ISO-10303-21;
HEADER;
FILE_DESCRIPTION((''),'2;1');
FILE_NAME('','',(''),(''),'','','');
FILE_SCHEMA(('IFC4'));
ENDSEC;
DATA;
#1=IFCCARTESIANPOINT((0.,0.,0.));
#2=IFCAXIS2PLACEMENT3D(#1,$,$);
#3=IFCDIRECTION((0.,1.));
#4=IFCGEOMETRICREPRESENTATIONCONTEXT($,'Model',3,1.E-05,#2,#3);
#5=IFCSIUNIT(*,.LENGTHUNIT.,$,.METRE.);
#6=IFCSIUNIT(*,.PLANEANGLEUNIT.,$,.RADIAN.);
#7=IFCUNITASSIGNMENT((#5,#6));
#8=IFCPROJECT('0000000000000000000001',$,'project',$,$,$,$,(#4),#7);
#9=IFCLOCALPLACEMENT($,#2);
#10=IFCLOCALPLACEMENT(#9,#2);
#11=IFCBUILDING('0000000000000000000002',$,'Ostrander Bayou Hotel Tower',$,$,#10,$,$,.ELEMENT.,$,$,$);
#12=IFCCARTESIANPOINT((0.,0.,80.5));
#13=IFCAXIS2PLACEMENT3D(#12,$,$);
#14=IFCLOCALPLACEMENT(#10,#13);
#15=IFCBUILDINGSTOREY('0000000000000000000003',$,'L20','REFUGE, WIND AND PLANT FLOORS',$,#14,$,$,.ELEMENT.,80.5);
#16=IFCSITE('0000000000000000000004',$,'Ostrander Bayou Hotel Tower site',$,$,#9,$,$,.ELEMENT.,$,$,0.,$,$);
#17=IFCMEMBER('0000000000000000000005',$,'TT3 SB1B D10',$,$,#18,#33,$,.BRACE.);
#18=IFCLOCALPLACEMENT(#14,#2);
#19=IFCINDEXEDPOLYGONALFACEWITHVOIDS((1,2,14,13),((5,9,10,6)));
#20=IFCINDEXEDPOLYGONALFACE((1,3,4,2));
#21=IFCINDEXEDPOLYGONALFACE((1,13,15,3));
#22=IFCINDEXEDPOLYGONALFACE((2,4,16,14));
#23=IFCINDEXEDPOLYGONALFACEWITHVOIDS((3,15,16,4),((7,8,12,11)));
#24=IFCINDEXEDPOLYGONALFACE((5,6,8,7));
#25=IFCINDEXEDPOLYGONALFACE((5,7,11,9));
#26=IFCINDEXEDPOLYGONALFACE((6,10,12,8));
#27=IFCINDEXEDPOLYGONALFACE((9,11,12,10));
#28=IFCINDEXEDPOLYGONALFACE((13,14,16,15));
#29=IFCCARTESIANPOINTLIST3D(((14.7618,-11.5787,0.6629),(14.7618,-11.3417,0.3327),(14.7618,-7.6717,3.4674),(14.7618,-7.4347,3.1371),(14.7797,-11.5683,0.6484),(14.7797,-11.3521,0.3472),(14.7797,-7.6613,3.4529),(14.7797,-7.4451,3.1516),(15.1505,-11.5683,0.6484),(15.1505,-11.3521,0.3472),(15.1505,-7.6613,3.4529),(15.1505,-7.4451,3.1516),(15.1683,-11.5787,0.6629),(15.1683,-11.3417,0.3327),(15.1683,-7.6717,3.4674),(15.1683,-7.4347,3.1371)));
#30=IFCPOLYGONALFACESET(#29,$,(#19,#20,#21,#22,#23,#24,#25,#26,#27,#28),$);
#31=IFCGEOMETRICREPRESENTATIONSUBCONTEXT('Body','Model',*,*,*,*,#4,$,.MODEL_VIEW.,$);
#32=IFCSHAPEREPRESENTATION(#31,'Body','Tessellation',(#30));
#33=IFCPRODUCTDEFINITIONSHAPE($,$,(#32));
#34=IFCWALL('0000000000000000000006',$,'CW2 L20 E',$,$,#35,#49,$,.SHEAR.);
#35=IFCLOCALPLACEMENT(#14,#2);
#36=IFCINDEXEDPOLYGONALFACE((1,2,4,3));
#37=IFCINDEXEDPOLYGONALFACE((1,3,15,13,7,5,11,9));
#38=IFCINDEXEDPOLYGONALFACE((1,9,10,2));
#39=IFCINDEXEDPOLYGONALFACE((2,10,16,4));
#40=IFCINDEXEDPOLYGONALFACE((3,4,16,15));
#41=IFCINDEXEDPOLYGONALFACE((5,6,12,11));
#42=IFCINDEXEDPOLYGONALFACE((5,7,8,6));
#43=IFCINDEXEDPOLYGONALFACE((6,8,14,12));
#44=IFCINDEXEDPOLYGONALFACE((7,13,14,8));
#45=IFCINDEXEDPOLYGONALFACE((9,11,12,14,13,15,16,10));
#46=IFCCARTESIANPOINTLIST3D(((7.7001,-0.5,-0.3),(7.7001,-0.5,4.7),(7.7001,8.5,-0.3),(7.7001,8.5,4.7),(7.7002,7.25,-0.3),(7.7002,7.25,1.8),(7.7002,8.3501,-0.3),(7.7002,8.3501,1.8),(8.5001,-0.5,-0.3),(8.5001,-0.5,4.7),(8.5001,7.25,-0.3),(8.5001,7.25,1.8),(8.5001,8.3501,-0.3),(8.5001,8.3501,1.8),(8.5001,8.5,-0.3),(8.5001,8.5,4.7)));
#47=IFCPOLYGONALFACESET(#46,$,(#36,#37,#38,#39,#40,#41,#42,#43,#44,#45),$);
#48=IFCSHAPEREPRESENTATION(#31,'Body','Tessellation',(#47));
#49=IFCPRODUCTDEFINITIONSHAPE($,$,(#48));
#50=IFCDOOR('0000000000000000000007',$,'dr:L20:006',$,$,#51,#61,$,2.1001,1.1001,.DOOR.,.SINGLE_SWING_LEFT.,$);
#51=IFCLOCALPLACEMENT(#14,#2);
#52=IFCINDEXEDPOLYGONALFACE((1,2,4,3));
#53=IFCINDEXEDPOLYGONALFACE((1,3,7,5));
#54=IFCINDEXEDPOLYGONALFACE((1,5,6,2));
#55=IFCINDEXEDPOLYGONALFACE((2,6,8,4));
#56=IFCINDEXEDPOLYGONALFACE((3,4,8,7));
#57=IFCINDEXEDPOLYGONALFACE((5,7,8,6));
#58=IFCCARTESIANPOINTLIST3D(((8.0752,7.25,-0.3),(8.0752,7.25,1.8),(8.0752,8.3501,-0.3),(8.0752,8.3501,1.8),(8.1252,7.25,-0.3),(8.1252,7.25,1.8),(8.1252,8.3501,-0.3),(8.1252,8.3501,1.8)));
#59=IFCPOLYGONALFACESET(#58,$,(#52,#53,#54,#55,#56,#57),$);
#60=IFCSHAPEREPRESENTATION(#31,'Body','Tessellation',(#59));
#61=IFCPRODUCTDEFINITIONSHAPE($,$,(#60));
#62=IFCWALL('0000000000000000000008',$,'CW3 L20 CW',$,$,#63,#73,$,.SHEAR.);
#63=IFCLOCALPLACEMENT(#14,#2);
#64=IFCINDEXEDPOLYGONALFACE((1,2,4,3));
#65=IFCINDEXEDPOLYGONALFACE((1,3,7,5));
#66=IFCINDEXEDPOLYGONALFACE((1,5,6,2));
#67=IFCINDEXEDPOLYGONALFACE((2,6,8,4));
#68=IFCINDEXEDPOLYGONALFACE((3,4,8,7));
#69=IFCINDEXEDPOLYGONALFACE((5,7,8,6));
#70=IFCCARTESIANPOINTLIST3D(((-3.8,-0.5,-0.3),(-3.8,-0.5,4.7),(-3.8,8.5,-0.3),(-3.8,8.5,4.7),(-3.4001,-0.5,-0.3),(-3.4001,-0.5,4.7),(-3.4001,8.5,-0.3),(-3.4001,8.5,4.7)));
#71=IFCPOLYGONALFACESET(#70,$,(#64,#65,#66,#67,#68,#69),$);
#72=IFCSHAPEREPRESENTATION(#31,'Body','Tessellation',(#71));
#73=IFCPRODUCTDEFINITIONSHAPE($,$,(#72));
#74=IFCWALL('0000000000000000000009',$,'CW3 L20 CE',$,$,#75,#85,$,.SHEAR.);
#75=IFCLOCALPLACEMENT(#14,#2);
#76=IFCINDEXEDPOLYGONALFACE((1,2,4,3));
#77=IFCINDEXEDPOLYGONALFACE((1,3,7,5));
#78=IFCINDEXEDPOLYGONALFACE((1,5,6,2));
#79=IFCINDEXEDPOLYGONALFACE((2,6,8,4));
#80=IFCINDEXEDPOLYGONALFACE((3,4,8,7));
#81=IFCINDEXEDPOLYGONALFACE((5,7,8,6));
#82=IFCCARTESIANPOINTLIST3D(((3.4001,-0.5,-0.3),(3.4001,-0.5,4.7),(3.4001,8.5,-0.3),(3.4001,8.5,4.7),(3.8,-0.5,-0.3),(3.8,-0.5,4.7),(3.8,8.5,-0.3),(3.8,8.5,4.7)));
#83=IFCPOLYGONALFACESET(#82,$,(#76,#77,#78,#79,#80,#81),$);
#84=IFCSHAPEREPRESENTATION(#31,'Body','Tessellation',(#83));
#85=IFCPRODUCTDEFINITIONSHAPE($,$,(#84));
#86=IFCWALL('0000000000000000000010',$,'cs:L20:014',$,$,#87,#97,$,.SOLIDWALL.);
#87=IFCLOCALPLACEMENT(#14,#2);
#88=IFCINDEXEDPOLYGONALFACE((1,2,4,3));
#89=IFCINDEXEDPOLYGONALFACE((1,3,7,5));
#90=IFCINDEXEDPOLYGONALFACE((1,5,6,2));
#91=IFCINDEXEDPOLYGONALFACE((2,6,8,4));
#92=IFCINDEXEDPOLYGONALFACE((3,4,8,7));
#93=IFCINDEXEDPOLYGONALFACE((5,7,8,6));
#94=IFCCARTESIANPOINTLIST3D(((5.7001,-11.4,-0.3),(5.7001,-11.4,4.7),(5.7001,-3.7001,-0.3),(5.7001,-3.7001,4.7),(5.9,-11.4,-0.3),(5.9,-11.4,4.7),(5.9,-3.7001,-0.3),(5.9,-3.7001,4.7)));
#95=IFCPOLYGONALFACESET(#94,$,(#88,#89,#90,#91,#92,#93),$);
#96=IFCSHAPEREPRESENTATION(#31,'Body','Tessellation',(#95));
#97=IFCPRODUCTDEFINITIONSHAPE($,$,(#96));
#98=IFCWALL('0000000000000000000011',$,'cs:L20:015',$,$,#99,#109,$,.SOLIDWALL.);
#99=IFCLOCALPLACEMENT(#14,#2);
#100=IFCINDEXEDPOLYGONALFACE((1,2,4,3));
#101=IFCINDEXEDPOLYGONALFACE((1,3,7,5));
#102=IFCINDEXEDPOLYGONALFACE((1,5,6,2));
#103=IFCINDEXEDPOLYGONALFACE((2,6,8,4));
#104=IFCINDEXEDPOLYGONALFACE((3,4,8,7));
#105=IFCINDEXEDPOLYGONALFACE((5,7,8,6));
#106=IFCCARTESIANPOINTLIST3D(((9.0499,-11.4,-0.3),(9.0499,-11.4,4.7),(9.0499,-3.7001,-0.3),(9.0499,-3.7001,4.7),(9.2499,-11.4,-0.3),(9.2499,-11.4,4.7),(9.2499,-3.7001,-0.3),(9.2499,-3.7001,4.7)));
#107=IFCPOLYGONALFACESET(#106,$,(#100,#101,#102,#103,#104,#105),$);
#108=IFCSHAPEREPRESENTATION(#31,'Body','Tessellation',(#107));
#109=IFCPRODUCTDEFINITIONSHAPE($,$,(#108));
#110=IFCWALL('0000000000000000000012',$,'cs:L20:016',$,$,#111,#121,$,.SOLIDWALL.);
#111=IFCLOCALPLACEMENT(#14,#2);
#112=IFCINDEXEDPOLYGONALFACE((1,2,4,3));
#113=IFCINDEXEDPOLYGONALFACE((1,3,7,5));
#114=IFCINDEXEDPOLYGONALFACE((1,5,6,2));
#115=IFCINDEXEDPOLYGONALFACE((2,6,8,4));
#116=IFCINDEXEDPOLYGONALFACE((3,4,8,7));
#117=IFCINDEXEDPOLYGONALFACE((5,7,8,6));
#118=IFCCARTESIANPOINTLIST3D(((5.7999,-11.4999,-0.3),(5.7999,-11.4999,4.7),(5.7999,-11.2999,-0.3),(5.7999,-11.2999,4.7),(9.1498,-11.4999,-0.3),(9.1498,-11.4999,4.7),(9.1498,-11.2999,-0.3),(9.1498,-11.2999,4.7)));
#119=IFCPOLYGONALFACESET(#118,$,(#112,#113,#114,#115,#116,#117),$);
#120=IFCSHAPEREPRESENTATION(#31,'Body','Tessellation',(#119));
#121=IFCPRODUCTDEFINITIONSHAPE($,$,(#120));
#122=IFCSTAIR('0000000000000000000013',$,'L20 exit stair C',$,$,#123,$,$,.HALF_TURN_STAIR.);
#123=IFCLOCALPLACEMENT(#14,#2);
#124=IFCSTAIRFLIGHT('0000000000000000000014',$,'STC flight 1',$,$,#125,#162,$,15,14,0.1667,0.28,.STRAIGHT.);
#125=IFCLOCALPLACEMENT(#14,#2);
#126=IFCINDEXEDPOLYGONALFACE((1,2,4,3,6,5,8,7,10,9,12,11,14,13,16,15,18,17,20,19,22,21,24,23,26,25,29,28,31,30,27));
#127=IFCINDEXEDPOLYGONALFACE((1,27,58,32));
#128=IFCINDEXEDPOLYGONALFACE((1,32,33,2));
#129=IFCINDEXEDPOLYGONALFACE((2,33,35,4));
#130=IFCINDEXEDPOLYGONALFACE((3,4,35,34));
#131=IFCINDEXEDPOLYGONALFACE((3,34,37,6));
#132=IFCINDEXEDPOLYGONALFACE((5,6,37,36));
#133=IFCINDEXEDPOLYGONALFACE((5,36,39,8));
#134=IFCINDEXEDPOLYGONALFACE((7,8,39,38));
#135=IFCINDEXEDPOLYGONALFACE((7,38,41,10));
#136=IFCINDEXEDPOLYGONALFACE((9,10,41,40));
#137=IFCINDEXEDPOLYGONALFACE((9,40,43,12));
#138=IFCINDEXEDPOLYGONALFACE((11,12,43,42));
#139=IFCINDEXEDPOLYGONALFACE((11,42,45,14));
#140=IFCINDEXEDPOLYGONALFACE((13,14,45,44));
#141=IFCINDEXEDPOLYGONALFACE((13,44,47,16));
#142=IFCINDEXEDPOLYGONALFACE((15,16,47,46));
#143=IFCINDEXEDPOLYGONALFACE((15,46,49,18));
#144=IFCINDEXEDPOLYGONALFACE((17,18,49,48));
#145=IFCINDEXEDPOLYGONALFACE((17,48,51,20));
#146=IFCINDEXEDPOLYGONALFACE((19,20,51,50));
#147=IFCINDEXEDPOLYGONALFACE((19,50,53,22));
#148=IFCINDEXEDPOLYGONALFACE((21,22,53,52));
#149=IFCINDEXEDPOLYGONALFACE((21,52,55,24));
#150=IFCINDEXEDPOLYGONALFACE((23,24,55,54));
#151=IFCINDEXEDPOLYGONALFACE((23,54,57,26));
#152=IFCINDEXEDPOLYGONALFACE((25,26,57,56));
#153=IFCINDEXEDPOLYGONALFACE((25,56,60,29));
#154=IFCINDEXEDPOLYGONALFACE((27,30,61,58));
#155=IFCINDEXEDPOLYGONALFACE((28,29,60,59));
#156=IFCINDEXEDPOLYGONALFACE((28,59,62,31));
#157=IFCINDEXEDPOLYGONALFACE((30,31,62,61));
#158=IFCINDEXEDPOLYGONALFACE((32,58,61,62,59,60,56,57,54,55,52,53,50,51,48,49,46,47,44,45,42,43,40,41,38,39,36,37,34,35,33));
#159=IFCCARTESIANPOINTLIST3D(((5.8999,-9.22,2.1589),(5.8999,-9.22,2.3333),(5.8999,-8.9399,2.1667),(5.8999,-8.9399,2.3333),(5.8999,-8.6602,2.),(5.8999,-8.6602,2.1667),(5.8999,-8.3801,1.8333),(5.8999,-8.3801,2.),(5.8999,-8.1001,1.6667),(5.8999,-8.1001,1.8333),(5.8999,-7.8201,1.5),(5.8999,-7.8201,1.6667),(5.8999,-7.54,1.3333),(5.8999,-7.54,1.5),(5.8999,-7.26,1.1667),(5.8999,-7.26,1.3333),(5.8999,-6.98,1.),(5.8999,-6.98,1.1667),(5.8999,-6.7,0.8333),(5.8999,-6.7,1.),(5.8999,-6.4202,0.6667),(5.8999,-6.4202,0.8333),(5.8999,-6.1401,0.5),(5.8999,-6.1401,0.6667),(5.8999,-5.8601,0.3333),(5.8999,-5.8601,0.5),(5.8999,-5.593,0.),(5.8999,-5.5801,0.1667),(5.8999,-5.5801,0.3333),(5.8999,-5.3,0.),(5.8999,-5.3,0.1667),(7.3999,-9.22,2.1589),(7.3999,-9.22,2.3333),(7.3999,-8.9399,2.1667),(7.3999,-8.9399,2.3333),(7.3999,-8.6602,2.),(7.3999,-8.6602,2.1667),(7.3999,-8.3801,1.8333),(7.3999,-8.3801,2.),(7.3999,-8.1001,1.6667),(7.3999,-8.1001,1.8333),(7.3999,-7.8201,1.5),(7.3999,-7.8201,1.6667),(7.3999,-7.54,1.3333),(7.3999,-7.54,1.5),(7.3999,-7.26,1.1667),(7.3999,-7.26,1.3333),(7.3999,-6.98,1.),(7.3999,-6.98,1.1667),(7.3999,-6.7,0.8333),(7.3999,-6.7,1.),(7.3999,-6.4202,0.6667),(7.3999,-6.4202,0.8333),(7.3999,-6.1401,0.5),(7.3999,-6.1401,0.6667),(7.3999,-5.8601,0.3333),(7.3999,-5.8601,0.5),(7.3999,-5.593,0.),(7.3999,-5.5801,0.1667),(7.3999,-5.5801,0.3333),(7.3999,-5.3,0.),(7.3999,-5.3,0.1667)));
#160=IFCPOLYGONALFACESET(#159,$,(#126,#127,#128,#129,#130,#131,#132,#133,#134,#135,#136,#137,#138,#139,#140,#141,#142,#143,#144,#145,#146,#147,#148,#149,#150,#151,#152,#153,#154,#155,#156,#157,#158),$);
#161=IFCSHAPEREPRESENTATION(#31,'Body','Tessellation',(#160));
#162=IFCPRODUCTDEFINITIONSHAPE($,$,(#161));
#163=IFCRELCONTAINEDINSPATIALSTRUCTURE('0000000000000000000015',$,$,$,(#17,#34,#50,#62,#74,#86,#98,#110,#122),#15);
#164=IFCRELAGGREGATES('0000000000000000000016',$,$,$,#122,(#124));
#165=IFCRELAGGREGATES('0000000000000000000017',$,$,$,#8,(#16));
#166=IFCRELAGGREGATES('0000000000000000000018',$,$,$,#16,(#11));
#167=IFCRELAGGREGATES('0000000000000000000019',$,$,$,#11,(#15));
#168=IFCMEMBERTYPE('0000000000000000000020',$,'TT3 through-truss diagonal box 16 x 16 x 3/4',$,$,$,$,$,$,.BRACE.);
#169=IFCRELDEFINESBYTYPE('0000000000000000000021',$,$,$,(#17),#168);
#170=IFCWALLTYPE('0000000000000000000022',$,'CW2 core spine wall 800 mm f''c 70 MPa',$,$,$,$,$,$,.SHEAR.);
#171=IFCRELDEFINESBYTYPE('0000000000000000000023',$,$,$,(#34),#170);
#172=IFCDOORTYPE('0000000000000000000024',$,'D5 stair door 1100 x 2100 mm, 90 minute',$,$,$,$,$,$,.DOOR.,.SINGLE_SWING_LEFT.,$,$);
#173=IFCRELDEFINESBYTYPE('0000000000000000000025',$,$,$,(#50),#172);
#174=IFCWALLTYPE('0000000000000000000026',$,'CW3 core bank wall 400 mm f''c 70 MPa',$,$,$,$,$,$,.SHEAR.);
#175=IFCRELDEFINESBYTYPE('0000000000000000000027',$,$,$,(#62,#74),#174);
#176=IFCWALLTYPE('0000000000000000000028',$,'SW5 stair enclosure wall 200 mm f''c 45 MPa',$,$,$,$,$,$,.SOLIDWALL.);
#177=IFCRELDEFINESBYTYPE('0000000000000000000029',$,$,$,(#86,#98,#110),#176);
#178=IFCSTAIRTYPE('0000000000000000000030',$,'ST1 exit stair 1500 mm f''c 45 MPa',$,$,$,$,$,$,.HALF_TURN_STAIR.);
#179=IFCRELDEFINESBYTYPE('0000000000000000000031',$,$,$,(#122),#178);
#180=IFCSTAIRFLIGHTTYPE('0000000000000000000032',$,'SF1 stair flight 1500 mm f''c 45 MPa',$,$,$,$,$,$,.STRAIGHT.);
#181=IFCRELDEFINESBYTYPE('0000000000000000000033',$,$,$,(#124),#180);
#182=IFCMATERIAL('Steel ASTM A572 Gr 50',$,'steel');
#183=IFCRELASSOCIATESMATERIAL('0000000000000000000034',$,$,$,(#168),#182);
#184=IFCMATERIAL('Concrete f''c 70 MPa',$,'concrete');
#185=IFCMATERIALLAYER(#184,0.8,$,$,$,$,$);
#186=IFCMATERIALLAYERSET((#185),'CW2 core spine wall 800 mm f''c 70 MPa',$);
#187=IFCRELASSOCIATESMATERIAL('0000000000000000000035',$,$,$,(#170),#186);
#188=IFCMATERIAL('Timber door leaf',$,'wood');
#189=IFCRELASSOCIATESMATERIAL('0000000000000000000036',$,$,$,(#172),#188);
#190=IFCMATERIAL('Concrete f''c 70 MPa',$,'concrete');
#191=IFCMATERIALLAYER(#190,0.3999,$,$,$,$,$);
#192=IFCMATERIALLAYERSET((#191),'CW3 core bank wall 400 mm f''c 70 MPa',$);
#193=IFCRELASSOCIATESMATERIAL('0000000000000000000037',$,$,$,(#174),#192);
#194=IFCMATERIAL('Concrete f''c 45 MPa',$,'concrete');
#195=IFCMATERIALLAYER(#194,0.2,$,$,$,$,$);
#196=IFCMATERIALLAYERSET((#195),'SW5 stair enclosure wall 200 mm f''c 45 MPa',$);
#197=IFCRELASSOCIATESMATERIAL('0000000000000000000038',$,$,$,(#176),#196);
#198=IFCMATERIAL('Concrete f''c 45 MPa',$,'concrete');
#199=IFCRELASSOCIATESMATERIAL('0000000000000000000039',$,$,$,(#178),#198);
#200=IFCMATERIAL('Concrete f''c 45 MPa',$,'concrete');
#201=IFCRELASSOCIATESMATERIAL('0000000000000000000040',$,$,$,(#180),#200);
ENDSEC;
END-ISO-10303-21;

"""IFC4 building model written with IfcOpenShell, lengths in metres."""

from ifc_helpers import new_model, si_unit, direction, frame, frame_2d, origin, origin_2d, place, context, subcontext, project, spatial, polyline, rectangle, hollow_rectangle, outline, extrude, material, layer, layer_set, material_profile, profile_set, type_object, element, fill, aggregate, save


model = new_model("IFC4")

# Units and contexts
model_context = context("Model", 3, precision=1e-05, world=origin(), true_north=direction((0.0, 1.0)))
body_context = subcontext(model_context, "Body", "Model", "MODEL_VIEW")
ifc_project = project(units=[si_unit("LENGTHUNIT", "METRE"), si_unit("PLANEANGLEUNIT", "RADIAN")], contexts=[model_context])

# Site, building, storey
site_placement = place(None, origin())
site = spatial("IfcSite", under=ifc_project, at=site_placement, Name="Ostrander Bayou Hotel Tower site", CompositionType="ELEMENT", RefElevation=0.0)
building_placement = place(site_placement, origin())
building = spatial("IfcBuilding", under=site, at=building_placement, Name="Ostrander Bayou Hotel Tower", CompositionType="ELEMENT")
storey_placement = place(building_placement, frame((0.0, 0.0, 80.5)))
storey = spatial("IfcBuildingStorey", under=building, at=storey_placement, Name="L20", Description="REFUGE, WIND AND PLANT FLOORS", CompositionType="ELEMENT", Elevation=80.5)

# Member
ifc_material_1 = material(Name="Steel ASTM A572 Gr 50", Category="steel")
ifc_material_profile_1 = material_profile(ifc_material_1, hollow_rectangle(XDim=0.4065, YDim=0.4065, WallThickness=0.0178, at=origin_2d()))
ifc_profile_set_1 = profile_set([ifc_material_profile_1], Name="Steel ASTM A572 Gr 50")
member_type_1 = type_object("IfcMemberType", Name="TT3 through-truss diagonal box 16 x 16 x 3/4", PredefinedType="BRACE", material=ifc_profile_set_1)
member_1_placement = place(storey_placement, frame((14.9651, -11.4602, 0.4978), z_axis=(0.0, 0.81238, 0.583129), x_axis=(-1.0, 0.0, 0.0)))
element("IfcMember", 1, at=member_1_placement, inside=storey, type_object=member_type_1, Name="TT3 SB1B D10", PredefinedType="BRACE", context=body_context, shape_type="SweptSolid", body=[
    extrude(hollow_rectangle(XDim=0.4065, YDim=0.4065, WallThickness=0.0178, at=origin_2d()), origin(), (0.0, 0.0, 1.0), 4.8093),
])

# Wall, opening, door
ifc_material_2 = material(Name="Concrete f'c 70 MPa", Category="concrete")
ifc_layer_1 = layer(ifc_material_2, 0.8)
ifc_layer_set_1 = layer_set([ifc_layer_1], Name="CW2 core spine wall 800 mm f'c 70 MPa")
wall_type_1 = type_object("IfcWallType", Name="CW2 core spine wall 800 mm f'c 70 MPa", PredefinedType="SHEAR", material=ifc_layer_set_1)
wall_1_placement = place(storey_placement, frame((8.1001, -0.5, -0.3), z_axis=(0.0, 0.0, 1.0), x_axis=(0.0, 1.0, 0.0)))
wall_1 = element("IfcWall", 2, at=wall_1_placement, inside=storey, type_object=wall_type_1, Name="CW2 L20 E", PredefinedType="SHEAR", context=body_context, shape_type="SweptSolid", body=[
    extrude(rectangle(XDim=9.0, YDim=0.8, at=frame_2d((4.5, 0.0))), origin(), (0.0, 0.0, 1.0), 5.0),
])
opening_1_placement = place(wall_1_placement, frame((7.75, 0.0, 0.0)))
opening_1 = element("IfcOpeningElement", 3, at=opening_1_placement, cuts=wall_1, PredefinedType="OPENING", context=body_context, shape_type="SweptSolid", body=[
    extrude(rectangle(XDim=1.1001, YDim=2.1001, at=frame_2d((0.55, 1.05))), frame((0.0, 0.3999, 0.0), z_axis=(0.0, -1.0, 0.0), x_axis=(1.0, 0.0, 0.0)), (0.0, 0.0, 1.0), 0.8),
])
ifc_material_3 = material(Name="Timber door leaf", Category="wood")
door_type_1 = type_object("IfcDoorType", Name="D5 stair door 1100 x 2100 mm, 90 minute", OperationType="SINGLE_SWING_LEFT", PredefinedType="DOOR", material=ifc_material_3)
door_1_placement = place(opening_1_placement, origin())
door_1 = element("IfcDoor", 4, at=door_1_placement, inside=storey, type_object=door_type_1, Name="dr:L20:006", OperationType="SINGLE_SWING_LEFT", OverallHeight=2.1001, OverallWidth=1.1001, PredefinedType="DOOR", context=body_context, shape_type="SweptSolid", body=[
    extrude(rectangle(XDim=1.1001, YDim=2.1001, at=frame_2d((0.55, 1.05))), frame((0.0, 0.0249, 0.0), z_axis=(0.0, -1.0, 0.0), x_axis=(1.0, 0.0, 0.0)), (0.0, 0.0, 1.0), 0.05),
])
fill(opening_1, door_1)

# Walls
ifc_material_4 = material(Name="Concrete f'c 70 MPa", Category="concrete")
ifc_layer_2 = layer(ifc_material_4, 0.3999)
ifc_layer_set_2 = layer_set([ifc_layer_2], Name="CW3 core bank wall 400 mm f'c 70 MPa")
wall_type_2 = type_object("IfcWallType", Name="CW3 core bank wall 400 mm f'c 70 MPa", PredefinedType="SHEAR", material=ifc_layer_set_2)
for number, where, z_axis, x_axis, name in (
    (5, (-3.6001, -0.5, -0.3), (0.0, 0.0, 1.0), (0.0, 1.0, 0.0), "CW3 L20 CW"),
    (6, (3.6001, -0.5, -0.3), (0.0, 0.0, 1.0), (0.0, 1.0, 0.0), "CW3 L20 CE"),
):
    element("IfcWall", number, at=place(storey_placement, frame(where, z_axis=z_axis, x_axis=x_axis)), inside=storey, type_object=wall_type_2, Name=name, PredefinedType="SHEAR", context=body_context, shape_type="SweptSolid", body=[
        extrude(rectangle(XDim=9.0, YDim=0.3999, at=frame_2d((4.5, 0.0))), origin(), (0.0, 0.0, 1.0), 5.0),
    ])

# Shared definitions
ifc_material_5 = material(Name="Concrete f'c 45 MPa", Category="concrete")
ifc_layer_3 = layer(ifc_material_5, 0.2)
ifc_layer_set_3 = layer_set([ifc_layer_3], Name="SW5 stair enclosure wall 200 mm f'c 45 MPa")
wall_type_3 = type_object("IfcWallType", Name="SW5 stair enclosure wall 200 mm f'c 45 MPa", PredefinedType="SOLIDWALL", material=ifc_layer_set_3)

# Walls
for number, where, z_axis, x_axis, name in (
    (7, (5.8, -3.7, -0.3), (0.0, 0.0, 1.0), (0.0, -1.0, 0.0), "cs:L20:014"),
    (8, (9.1499, -3.7, -0.3), (0.0, 0.0, 1.0), (0.0, -1.0, 0.0), "cs:L20:015"),
):
    element("IfcWall", number, at=place(storey_placement, frame(where, z_axis=z_axis, x_axis=x_axis)), inside=storey, type_object=wall_type_3, Name=name, PredefinedType="SOLIDWALL", context=body_context, shape_type="SweptSolid", body=[
        extrude(rectangle(XDim=7.7, YDim=0.2, at=frame_2d((3.8501, 0.0))), origin(), (0.0, 0.0, 1.0), 5.0),
    ])
wall_2_placement = place(storey_placement, frame((5.8, -11.3999, -0.3), z_axis=(0.0, 0.0, 1.0), x_axis=(1.0, 0.0, 0.0)))
element("IfcWall", 9, at=wall_2_placement, inside=storey, type_object=wall_type_3, Name="cs:L20:016", PredefinedType="SOLIDWALL", context=body_context, shape_type="SweptSolid", body=[
    extrude(rectangle(XDim=3.3499, YDim=0.2, at=frame_2d((1.6748, 0.0))), origin(), (0.0, 0.0, 1.0), 5.0),
])

# Stair, stair flight
ifc_material_6 = material(Name="Concrete f'c 45 MPa", Category="concrete")
stair_type = type_object("IfcStairType", Name="ST1 exit stair 1500 mm f'c 45 MPa", PredefinedType="HALF_TURN_STAIR", material=ifc_material_6)
stair_placement = place(storey_placement, origin())
stair = element("IfcStair", 10, at=stair_placement, inside=storey, type_object=stair_type, Name="L20 exit stair C", PredefinedType="HALF_TURN_STAIR")
ifc_material_7 = material(Name="Concrete f'c 45 MPa", Category="concrete")
stair_flight_type = type_object("IfcStairFlightType", Name="SF1 stair flight 1500 mm f'c 45 MPa", PredefinedType="STRAIGHT", material=ifc_material_7)
stair_flight_1_placement = place(storey_placement, frame((6.6499, -5.3, 0.0), z_axis=(0.0, 0.0, 1.0), x_axis=(0.0, -1.0, 0.0)))
stair_flight_1 = element("IfcStairFlight", 11, at=stair_flight_1_placement, type_object=stair_flight_type, Name="STC flight 1", NumberOfRisers=15, NumberOfTreads=14, PredefinedType="STRAIGHT", RiserHeight=0.1667, TreadLength=0.28, context=body_context, shape_type="SweptSolid", body=[
    extrude(outline(polyline([(0.0, 0.0), (0.0, 0.1667), (0.28, 0.1667), (0.28, 0.3333), (0.5601, 0.3333), (0.5601, 0.5), (0.8401, 0.5), (0.8401, 0.6667), (1.1201, 0.6667), (1.1201, 0.8333), (1.3999, 0.8333), (1.3999, 1.0), (1.6799, 1.0), (1.6799, 1.1667), (1.96, 1.1667), (1.96, 1.3333), (2.24, 1.3333), (2.24, 1.5), (2.52, 1.5), (2.52, 1.6667), (2.8, 1.6667), (2.8, 1.8333), (3.0801, 1.8333), (3.0801, 2.0), (3.3601, 2.0), (3.3601, 2.1667), (3.6399, 2.1667), (3.6399, 2.3333), (3.9199, 2.3333), (3.9199, 2.5), (3.9199, 2.1589), (0.293, 0.0), (0.0, 0.0)])), frame((0.0, 0.75, 0.0), z_axis=(0.0, -1.0, 0.0), x_axis=(1.0, 0.0, 0.0)), (0.0, 0.0, 1.0), 1.5),
])
aggregate(stair, [stair_flight_1])

save(model, "model.ifc")
